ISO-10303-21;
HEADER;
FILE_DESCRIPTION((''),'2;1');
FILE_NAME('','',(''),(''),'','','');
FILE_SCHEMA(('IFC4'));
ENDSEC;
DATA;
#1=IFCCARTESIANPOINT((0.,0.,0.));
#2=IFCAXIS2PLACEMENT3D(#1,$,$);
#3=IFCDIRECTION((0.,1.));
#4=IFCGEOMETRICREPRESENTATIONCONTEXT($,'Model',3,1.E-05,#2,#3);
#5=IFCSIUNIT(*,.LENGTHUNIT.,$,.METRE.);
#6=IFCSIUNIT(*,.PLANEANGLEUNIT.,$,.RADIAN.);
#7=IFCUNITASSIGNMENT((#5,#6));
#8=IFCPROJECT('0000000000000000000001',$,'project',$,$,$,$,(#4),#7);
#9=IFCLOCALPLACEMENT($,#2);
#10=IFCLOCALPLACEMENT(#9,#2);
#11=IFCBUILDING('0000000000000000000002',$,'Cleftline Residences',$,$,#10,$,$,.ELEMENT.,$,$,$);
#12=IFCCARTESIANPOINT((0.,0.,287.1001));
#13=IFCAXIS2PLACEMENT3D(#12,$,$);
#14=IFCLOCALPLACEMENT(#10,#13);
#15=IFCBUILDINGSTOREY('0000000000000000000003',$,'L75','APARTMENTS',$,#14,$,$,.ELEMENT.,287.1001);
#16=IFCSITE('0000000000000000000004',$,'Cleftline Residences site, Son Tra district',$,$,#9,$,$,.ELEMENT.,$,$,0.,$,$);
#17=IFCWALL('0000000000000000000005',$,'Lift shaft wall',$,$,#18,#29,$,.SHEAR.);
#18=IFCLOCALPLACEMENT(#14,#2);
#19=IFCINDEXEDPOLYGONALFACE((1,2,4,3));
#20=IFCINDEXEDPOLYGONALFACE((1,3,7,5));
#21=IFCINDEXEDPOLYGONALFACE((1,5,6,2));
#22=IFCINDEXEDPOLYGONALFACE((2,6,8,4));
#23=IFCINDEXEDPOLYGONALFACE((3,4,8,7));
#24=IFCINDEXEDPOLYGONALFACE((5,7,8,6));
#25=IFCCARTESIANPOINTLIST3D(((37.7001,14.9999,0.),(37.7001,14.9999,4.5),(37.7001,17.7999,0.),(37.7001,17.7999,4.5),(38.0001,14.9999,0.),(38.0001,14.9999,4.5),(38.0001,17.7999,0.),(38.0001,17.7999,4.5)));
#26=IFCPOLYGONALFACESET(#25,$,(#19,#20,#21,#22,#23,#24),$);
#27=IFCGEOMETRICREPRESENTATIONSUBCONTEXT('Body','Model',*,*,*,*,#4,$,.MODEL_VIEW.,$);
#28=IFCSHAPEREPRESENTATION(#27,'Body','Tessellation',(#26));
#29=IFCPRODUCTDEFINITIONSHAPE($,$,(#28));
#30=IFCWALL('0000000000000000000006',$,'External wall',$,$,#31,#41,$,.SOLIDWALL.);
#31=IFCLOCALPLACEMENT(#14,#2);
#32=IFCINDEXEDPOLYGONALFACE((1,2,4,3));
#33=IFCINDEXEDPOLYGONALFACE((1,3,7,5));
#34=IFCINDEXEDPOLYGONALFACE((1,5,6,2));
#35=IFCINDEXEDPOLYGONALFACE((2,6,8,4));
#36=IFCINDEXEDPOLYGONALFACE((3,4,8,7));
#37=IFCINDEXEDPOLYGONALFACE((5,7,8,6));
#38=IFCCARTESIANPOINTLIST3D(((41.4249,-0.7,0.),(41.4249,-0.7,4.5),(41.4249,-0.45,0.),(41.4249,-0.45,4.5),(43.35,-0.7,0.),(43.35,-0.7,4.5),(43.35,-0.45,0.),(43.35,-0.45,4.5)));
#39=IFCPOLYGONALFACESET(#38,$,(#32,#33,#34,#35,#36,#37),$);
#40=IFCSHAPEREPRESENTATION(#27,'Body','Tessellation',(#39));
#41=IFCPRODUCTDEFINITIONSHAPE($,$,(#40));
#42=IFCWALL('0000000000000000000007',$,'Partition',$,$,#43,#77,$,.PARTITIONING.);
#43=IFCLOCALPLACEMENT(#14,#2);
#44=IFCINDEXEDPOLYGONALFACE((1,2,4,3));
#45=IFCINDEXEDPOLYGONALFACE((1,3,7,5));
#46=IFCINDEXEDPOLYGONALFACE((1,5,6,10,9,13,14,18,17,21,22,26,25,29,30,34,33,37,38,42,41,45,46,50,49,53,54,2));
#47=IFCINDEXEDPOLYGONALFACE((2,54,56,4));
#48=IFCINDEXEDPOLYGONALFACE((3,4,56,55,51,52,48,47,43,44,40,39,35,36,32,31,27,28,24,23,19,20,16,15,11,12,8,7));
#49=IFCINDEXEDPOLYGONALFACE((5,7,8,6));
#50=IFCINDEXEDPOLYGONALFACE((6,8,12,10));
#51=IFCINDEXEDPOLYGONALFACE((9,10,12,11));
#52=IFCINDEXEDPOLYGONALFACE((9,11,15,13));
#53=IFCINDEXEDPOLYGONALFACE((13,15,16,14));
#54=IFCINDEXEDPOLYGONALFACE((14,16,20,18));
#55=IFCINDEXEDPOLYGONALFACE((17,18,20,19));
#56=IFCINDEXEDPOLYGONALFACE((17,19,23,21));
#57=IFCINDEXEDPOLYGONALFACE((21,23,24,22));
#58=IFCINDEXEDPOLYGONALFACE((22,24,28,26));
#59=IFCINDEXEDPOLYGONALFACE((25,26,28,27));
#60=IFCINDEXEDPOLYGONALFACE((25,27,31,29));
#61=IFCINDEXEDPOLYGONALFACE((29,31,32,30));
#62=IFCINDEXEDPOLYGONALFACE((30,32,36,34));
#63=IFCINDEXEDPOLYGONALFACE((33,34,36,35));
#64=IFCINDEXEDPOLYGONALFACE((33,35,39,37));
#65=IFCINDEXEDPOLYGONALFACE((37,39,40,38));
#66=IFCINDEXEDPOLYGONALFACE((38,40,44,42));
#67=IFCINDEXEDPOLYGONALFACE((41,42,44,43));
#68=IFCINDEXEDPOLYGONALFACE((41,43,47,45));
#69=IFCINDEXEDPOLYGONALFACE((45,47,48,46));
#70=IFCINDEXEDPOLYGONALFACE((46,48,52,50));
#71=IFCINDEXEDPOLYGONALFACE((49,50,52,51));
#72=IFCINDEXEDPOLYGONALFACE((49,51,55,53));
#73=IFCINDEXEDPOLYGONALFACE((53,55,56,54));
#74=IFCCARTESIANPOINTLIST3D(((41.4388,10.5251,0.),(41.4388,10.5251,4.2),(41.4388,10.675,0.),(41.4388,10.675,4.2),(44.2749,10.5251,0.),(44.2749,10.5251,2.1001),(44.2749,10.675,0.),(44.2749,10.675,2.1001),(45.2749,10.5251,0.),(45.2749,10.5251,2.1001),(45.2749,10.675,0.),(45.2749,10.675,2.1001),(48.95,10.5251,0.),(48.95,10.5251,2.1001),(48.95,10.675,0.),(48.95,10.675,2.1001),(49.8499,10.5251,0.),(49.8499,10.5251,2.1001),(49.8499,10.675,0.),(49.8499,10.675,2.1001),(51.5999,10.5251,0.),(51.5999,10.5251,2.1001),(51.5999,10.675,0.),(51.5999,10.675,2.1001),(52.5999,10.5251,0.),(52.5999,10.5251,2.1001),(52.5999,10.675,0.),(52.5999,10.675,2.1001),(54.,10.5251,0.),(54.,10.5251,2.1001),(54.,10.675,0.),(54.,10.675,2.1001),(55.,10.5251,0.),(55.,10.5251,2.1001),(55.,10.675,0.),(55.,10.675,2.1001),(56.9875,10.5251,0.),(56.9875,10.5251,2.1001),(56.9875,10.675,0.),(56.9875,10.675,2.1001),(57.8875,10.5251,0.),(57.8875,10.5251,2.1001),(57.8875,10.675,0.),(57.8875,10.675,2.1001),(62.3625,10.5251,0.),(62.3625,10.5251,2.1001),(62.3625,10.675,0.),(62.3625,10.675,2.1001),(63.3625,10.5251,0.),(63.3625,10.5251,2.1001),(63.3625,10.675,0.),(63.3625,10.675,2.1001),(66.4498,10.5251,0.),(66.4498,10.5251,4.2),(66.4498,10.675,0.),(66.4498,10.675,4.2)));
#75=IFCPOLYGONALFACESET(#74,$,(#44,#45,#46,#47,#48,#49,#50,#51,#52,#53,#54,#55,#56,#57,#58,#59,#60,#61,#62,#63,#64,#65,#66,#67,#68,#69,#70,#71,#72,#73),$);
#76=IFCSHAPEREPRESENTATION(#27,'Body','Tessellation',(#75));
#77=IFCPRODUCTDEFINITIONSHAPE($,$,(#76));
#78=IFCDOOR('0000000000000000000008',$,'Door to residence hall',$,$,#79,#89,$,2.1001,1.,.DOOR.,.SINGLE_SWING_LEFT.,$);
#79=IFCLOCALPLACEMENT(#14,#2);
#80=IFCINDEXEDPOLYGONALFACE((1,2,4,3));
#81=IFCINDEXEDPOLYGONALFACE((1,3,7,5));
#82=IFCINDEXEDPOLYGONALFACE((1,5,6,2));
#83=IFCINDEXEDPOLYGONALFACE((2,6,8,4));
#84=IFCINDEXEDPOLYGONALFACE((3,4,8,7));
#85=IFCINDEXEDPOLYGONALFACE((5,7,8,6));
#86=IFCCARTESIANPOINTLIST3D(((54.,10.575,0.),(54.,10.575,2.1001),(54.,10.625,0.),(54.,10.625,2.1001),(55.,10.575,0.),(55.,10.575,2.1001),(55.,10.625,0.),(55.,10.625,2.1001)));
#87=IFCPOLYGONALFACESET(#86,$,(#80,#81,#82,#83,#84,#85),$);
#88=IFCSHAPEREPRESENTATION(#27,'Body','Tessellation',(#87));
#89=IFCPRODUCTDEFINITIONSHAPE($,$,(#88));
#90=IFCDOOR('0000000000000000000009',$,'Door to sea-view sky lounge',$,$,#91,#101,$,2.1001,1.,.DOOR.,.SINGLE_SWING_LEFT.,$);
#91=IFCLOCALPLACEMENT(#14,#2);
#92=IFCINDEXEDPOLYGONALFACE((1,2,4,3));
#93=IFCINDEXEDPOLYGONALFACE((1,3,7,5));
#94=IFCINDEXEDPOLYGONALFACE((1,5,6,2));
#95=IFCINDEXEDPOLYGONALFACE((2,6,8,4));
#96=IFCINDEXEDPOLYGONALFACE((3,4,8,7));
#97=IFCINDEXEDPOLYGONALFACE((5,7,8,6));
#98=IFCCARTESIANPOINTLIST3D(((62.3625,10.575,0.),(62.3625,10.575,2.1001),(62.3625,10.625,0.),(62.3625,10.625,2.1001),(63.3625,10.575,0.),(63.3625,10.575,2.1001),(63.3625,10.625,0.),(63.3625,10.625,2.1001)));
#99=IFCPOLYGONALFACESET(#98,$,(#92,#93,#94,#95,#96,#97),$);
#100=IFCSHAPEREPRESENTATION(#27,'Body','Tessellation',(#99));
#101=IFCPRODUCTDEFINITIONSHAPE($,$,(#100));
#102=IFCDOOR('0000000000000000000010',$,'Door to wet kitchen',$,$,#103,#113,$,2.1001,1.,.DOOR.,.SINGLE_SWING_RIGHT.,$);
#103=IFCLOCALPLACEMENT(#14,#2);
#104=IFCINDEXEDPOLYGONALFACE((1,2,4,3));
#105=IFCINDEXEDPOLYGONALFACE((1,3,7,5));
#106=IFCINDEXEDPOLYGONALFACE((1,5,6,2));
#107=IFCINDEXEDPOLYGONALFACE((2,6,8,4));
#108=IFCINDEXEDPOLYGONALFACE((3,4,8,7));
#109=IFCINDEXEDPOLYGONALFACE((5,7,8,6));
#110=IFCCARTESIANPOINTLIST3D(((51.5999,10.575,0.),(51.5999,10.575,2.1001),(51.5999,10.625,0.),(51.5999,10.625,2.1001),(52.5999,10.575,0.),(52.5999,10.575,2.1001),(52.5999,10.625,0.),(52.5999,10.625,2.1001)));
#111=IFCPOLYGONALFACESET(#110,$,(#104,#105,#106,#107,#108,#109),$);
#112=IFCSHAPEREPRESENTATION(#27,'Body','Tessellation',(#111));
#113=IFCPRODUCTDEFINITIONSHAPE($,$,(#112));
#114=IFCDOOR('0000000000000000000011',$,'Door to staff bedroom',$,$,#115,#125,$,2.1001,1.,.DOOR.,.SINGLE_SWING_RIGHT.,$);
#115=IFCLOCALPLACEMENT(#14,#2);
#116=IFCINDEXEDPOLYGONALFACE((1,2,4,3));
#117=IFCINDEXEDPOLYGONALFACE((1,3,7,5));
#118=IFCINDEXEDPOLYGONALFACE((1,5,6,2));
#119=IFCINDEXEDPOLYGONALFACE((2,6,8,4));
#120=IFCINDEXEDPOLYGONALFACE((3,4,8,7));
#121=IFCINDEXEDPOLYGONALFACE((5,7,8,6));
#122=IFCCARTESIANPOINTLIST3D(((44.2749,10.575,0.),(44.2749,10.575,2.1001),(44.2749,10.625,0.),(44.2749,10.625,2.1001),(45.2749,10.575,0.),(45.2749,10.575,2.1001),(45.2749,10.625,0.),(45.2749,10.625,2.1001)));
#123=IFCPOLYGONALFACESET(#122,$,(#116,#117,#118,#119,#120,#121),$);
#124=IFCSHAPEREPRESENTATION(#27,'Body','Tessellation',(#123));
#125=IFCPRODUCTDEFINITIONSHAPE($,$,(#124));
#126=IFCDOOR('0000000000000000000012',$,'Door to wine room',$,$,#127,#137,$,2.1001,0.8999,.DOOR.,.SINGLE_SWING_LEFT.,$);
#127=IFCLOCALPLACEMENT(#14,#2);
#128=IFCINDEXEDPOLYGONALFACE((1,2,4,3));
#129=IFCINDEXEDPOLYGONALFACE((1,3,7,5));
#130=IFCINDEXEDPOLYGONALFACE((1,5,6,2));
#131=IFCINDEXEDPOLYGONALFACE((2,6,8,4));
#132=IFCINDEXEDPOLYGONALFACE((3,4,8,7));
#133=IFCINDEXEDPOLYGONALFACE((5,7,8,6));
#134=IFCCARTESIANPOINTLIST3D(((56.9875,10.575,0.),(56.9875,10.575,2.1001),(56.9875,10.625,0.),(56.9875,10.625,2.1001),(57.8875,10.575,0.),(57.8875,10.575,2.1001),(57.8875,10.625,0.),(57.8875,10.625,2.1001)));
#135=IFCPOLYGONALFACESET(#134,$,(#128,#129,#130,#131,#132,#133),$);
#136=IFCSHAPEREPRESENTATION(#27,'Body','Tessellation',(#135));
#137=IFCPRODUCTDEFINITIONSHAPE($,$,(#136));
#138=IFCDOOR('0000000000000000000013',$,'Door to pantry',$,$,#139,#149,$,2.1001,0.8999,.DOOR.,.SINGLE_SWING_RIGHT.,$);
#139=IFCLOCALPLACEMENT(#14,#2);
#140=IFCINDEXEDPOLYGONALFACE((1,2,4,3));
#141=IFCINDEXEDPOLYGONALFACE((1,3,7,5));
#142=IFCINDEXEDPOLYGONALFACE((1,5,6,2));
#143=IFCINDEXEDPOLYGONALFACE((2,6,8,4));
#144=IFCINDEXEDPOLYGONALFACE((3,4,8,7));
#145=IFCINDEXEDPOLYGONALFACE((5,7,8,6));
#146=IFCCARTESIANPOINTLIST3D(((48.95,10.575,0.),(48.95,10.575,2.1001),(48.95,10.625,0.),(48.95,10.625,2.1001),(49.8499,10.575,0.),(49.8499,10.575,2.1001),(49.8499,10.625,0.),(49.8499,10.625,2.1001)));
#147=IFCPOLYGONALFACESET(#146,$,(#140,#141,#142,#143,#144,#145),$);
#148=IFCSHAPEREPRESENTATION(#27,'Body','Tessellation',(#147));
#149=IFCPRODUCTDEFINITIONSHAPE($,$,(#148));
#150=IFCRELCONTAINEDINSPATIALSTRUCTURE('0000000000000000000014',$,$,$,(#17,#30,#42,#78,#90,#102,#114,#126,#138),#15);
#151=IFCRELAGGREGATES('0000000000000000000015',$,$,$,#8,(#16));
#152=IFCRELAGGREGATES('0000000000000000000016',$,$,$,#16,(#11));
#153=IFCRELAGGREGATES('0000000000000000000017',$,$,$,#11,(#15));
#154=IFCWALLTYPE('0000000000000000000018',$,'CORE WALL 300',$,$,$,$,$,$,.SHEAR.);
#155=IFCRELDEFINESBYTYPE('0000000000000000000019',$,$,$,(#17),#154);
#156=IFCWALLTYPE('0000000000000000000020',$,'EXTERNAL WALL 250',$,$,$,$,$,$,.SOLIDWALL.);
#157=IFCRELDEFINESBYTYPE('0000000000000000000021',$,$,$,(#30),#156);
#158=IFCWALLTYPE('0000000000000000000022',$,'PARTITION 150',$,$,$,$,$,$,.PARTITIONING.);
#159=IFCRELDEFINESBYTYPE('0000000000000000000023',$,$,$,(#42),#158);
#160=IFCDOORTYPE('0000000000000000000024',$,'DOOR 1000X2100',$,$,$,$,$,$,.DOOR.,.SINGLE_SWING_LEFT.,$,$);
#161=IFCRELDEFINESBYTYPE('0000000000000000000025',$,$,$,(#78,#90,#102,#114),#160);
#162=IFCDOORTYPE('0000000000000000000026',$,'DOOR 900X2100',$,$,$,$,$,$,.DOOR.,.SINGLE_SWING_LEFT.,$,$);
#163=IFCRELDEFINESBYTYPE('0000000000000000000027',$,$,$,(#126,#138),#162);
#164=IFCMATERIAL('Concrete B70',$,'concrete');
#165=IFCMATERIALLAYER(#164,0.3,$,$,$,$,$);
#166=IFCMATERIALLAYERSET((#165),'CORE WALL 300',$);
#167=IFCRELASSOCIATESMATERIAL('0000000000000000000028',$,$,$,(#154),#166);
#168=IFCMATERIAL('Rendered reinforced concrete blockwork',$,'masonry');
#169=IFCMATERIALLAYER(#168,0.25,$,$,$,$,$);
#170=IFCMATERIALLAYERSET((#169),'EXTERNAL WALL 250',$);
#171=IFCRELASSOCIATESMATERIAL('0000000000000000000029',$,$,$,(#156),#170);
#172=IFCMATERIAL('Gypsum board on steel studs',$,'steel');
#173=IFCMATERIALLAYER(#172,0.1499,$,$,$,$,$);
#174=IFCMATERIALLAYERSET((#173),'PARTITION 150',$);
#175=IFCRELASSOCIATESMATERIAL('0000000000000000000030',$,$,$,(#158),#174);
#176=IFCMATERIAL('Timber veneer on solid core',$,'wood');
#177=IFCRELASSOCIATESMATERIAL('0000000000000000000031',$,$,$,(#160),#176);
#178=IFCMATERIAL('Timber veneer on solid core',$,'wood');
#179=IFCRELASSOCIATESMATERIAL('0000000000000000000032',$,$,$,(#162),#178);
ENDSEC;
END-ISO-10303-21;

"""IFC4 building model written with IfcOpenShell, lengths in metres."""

from ifc_helpers import new_model, si_unit, direction, frame, frame_2d, origin, place, context, subcontext, project, spatial, rectangle, extrude, material, layer, layer_set, type_object, element, fill, save


model = new_model("IFC4")

# Units and contexts
model_context = context("Model", 3, precision=1e-05, world=origin(), true_north=direction((0.0, 1.0)))
body_context = subcontext(model_context, "Body", "Model", "MODEL_VIEW")
ifc_project = project(units=[si_unit("LENGTHUNIT", "METRE"), si_unit("PLANEANGLEUNIT", "RADIAN")], contexts=[model_context])

# Site, building, storey
site_placement = place(None, origin())
site = spatial("IfcSite", under=ifc_project, at=site_placement, Name="Cleftline Residences site, Son Tra district", CompositionType="ELEMENT", RefElevation=0.0)
building_placement = place(site_placement, origin())
building = spatial("IfcBuilding", under=site, at=building_placement, Name="Cleftline Residences", CompositionType="ELEMENT")
storey_placement = place(building_placement, frame((0.0, 0.0, 287.1001)))
storey = spatial("IfcBuildingStorey", under=building, at=storey_placement, Name="L75", Description="APARTMENTS", CompositionType="ELEMENT", Elevation=287.1001)

# Walls
ifc_material_1 = material(Name="Concrete B70", Category="concrete")
ifc_layer_1 = layer(ifc_material_1, 0.3)
ifc_layer_set_1 = layer_set([ifc_layer_1], Name="CORE WALL 300")
wall_type_1 = type_object("IfcWallType", Name="CORE WALL 300", PredefinedType="SHEAR", material=ifc_layer_set_1)
wall_1_placement = place(storey_placement, frame((37.8501, 15.0, 0.0), z_axis=(0.0, 0.0, 1.0), x_axis=(0.0, 1.0, 0.0)))
element("IfcWall", 1, at=wall_1_placement, inside=storey, type_object=wall_type_1, Name="Lift shaft wall", PredefinedType="SHEAR", context=body_context, shape_type="SweptSolid", body=[
    extrude(rectangle(XDim=2.8, YDim=0.3, at=frame_2d((1.3999, 0.0))), origin(), (0.0, 0.0, 1.0), 4.5),
])
ifc_material_2 = material(Name="Rendered reinforced concrete blockwork", Category="masonry")
ifc_layer_2 = layer(ifc_material_2, 0.25)
ifc_layer_set_2 = layer_set([ifc_layer_2], Name="EXTERNAL WALL 250")
wall_type_2 = type_object("IfcWallType", Name="EXTERNAL WALL 250", PredefinedType="SOLIDWALL", material=ifc_layer_set_2)
wall_2_placement = place(storey_placement, frame((41.425, -0.575, 0.0), z_axis=(0.0, 0.0, 1.0), x_axis=(1.0, 0.0, 0.0)))
element("IfcWall", 2, at=wall_2_placement, inside=storey, type_object=wall_type_2, Name="External wall", PredefinedType="SOLIDWALL", context=body_context, shape_type="SweptSolid", body=[
    extrude(rectangle(XDim=1.925, YDim=0.25, at=frame_2d((0.9624, 0.0))), origin(), (0.0, 0.0, 1.0), 4.5),
])

# Wall, openings, doors
ifc_material_3 = material(Name="Gypsum board on steel studs", Category="steel")
ifc_layer_3 = layer(ifc_material_3, 0.1499)
ifc_layer_set_3 = layer_set([ifc_layer_3], Name="PARTITION 150")
wall_type_3 = type_object("IfcWallType", Name="PARTITION 150", PredefinedType="PARTITIONING", material=ifc_layer_set_3)
wall_3_placement = place(storey_placement, frame((41.439, 10.6001, 0.0), z_axis=(0.0, 0.0, 1.0), x_axis=(1.0, 0.0, 0.0)))
wall_3 = element("IfcWall", 3, at=wall_3_placement, inside=storey, type_object=wall_type_3, Name="Partition", PredefinedType="PARTITIONING", context=body_context, shape_type="SweptSolid", body=[
    extrude(rectangle(XDim=25.011, YDim=0.1499, at=frame_2d((12.5054, 0.0))), origin(), (0.0, 0.0, 1.0), 4.2),
])
opening_1_placement = place(wall_3_placement, frame((12.561, 0.0, 0.0)))
opening_1 = element("IfcOpeningElement", 4, at=opening_1_placement, cuts=wall_3, PredefinedType="OPENING", context=body_context, shape_type="SweptSolid", body=[
    extrude(rectangle(XDim=1.0, YDim=2.1001, at=frame_2d((0.5, 1.05))), frame((0.0, 0.085, 0.0), z_axis=(0.0, -1.0, 0.0), x_axis=(1.0, 0.0, 0.0)), (0.0, 0.0, 1.0), 0.1699),
])
opening_2_placement = place(wall_3_placement, frame((20.9236, 0.0, 0.0)))
opening_2 = element("IfcOpeningElement", 5, at=opening_2_placement, cuts=wall_3, PredefinedType="OPENING", context=body_context, shape_type="SweptSolid", body=[
    extrude(rectangle(XDim=1.0, YDim=2.1001, at=frame_2d((0.5, 1.05))), frame((0.0, 0.085, 0.0), z_axis=(0.0, -1.0, 0.0), x_axis=(1.0, 0.0, 0.0)), (0.0, 0.0, 1.0), 0.1699),
])
opening_3_placement = place(wall_3_placement, frame((15.5486, 0.0, 0.0)))
opening_3 = element("IfcOpeningElement", 6, at=opening_3_placement, cuts=wall_3, PredefinedType="OPENING", context=body_context, shape_type="SweptSolid", body=[
    extrude(rectangle(XDim=0.8999, YDim=2.1001, at=frame_2d((0.45, 1.05))), frame((0.0, 0.085, 0.0), z_axis=(0.0, -1.0, 0.0), x_axis=(1.0, 0.0, 0.0)), (0.0, 0.0, 1.0), 0.1699),
])
opening_4_placement = place(wall_3_placement, frame((10.1609, 0.0, 0.0)))
opening_4 = element("IfcOpeningElement", 7, at=opening_4_placement, cuts=wall_3, PredefinedType="OPENING", context=body_context, shape_type="SweptSolid", body=[
    extrude(rectangle(XDim=1.0, YDim=2.1001, at=frame_2d((0.5, 1.05))), frame((0.0, 0.085, 0.0), z_axis=(0.0, -1.0, 0.0), x_axis=(1.0, 0.0, 0.0)), (0.0, 0.0, 1.0), 0.1699),
])
opening_5_placement = place(wall_3_placement, frame((7.511, 0.0, 0.0)))
opening_5 = element("IfcOpeningElement", 8, at=opening_5_placement, cuts=wall_3, PredefinedType="OPENING", context=body_context, shape_type="SweptSolid", body=[
    extrude(rectangle(XDim=0.8999, YDim=2.1001, at=frame_2d((0.45, 1.05))), frame((0.0, 0.085, 0.0), z_axis=(0.0, -1.0, 0.0), x_axis=(1.0, 0.0, 0.0)), (0.0, 0.0, 1.0), 0.1699),
])
opening_6_placement = place(wall_3_placement, frame((2.8359, 0.0, 0.0)))
opening_6 = element("IfcOpeningElement", 9, at=opening_6_placement, cuts=wall_3, PredefinedType="OPENING", context=body_context, shape_type="SweptSolid", body=[
    extrude(rectangle(XDim=1.0, YDim=2.1001, at=frame_2d((0.5, 1.05))), frame((0.0, 0.085, 0.0), z_axis=(0.0, -1.0, 0.0), x_axis=(1.0, 0.0, 0.0)), (0.0, 0.0, 1.0), 0.1699),
])
ifc_material_4 = material(Name="Timber veneer on solid core", Category="wood")
door_type_1 = type_object("IfcDoorType", Name="DOOR 1000X2100", OperationType="SINGLE_SWING_LEFT", PredefinedType="DOOR", material=ifc_material_4)
door_1_placement = place(opening_1_placement, origin())
door_1 = element("IfcDoor", 10, at=door_1_placement, inside=storey, type_object=door_type_1, Name="Door to residence hall", OperationType="SINGLE_SWING_LEFT", OverallHeight=2.1001, OverallWidth=1.0, PredefinedType="DOOR", context=body_context, shape_type="SweptSolid", body=[
    extrude(rectangle(XDim=1.0, YDim=2.1001, at=frame_2d((0.5, 1.05))), frame((0.0, 0.0249, 0.0), z_axis=(0.0, -1.0, 0.0), x_axis=(1.0, 0.0, 0.0)), (0.0, 0.0, 1.0), 0.05),
])
fill(opening_1, door_1)
door_2_placement = place(opening_2_placement, origin())
door_2 = element("IfcDoor", 11, at=door_2_placement, inside=storey, type_object=door_type_1, Name="Door to sea-view sky lounge", OperationType="SINGLE_SWING_LEFT", OverallHeight=2.1001, OverallWidth=1.0, PredefinedType="DOOR", context=body_context, shape_type="SweptSolid", body=[
    extrude(rectangle(XDim=1.0, YDim=2.1001, at=frame_2d((0.5, 1.05))), frame((0.0, 0.0249, 0.0), z_axis=(0.0, -1.0, 0.0), x_axis=(1.0, 0.0, 0.0)), (0.0, 0.0, 1.0), 0.05),
])
fill(opening_2, door_2)
door_3_placement = place(opening_4_placement, origin())
door_3 = element("IfcDoor", 12, at=door_3_placement, inside=storey, type_object=door_type_1, Name="Door to wet kitchen", OperationType="SINGLE_SWING_RIGHT", OverallHeight=2.1001, OverallWidth=1.0, PredefinedType="DOOR", context=body_context, shape_type="SweptSolid", body=[
    extrude(rectangle(XDim=1.0, YDim=2.1001, at=frame_2d((0.5, 1.05))), frame((0.0, 0.0249, 0.0), z_axis=(0.0, -1.0, 0.0), x_axis=(1.0, 0.0, 0.0)), (0.0, 0.0, 1.0), 0.05),
])
fill(opening_4, door_3)
door_4_placement = place(opening_6_placement, origin())
door_4 = element("IfcDoor", 13, at=door_4_placement, inside=storey, type_object=door_type_1, Name="Door to staff bedroom", OperationType="SINGLE_SWING_RIGHT", OverallHeight=2.1001, OverallWidth=1.0, PredefinedType="DOOR", context=body_context, shape_type="SweptSolid", body=[
    extrude(rectangle(XDim=1.0, YDim=2.1001, at=frame_2d((0.5, 1.05))), frame((0.0, 0.0249, 0.0), z_axis=(0.0, -1.0, 0.0), x_axis=(1.0, 0.0, 0.0)), (0.0, 0.0, 1.0), 0.05),
])
fill(opening_6, door_4)
ifc_material_5 = material(Name="Timber veneer on solid core", Category="wood")
door_type_2 = type_object("IfcDoorType", Name="DOOR 900X2100", OperationType="SINGLE_SWING_LEFT", PredefinedType="DOOR", material=ifc_material_5)
door_5_placement = place(opening_3_placement, origin())
door_5 = element("IfcDoor", 14, at=door_5_placement, inside=storey, type_object=door_type_2, Name="Door to wine room", OperationType="SINGLE_SWING_LEFT", OverallHeight=2.1001, OverallWidth=0.8999, PredefinedType="DOOR", context=body_context, shape_type="SweptSolid", body=[
    extrude(rectangle(XDim=0.8999, YDim=2.1001, at=frame_2d((0.45, 1.05))), frame((0.0, 0.0249, 0.0), z_axis=(0.0, -1.0, 0.0), x_axis=(1.0, 0.0, 0.0)), (0.0, 0.0, 1.0), 0.05),
])
fill(opening_3, door_5)
door_6_placement = place(opening_5_placement, origin())
door_6 = element("IfcDoor", 15, at=door_6_placement, inside=storey, type_object=door_type_2, Name="Door to pantry", OperationType="SINGLE_SWING_RIGHT", OverallHeight=2.1001, OverallWidth=0.8999, PredefinedType="DOOR", context=body_context, shape_type="SweptSolid", body=[
    extrude(rectangle(XDim=0.8999, YDim=2.1001, at=frame_2d((0.45, 1.05))), frame((0.0, 0.0249, 0.0), z_axis=(0.0, -1.0, 0.0), x_axis=(1.0, 0.0, 0.0)), (0.0, 0.0, 1.0), 0.05),
])
fill(opening_5, door_6)

save(model, "model.ifc")
